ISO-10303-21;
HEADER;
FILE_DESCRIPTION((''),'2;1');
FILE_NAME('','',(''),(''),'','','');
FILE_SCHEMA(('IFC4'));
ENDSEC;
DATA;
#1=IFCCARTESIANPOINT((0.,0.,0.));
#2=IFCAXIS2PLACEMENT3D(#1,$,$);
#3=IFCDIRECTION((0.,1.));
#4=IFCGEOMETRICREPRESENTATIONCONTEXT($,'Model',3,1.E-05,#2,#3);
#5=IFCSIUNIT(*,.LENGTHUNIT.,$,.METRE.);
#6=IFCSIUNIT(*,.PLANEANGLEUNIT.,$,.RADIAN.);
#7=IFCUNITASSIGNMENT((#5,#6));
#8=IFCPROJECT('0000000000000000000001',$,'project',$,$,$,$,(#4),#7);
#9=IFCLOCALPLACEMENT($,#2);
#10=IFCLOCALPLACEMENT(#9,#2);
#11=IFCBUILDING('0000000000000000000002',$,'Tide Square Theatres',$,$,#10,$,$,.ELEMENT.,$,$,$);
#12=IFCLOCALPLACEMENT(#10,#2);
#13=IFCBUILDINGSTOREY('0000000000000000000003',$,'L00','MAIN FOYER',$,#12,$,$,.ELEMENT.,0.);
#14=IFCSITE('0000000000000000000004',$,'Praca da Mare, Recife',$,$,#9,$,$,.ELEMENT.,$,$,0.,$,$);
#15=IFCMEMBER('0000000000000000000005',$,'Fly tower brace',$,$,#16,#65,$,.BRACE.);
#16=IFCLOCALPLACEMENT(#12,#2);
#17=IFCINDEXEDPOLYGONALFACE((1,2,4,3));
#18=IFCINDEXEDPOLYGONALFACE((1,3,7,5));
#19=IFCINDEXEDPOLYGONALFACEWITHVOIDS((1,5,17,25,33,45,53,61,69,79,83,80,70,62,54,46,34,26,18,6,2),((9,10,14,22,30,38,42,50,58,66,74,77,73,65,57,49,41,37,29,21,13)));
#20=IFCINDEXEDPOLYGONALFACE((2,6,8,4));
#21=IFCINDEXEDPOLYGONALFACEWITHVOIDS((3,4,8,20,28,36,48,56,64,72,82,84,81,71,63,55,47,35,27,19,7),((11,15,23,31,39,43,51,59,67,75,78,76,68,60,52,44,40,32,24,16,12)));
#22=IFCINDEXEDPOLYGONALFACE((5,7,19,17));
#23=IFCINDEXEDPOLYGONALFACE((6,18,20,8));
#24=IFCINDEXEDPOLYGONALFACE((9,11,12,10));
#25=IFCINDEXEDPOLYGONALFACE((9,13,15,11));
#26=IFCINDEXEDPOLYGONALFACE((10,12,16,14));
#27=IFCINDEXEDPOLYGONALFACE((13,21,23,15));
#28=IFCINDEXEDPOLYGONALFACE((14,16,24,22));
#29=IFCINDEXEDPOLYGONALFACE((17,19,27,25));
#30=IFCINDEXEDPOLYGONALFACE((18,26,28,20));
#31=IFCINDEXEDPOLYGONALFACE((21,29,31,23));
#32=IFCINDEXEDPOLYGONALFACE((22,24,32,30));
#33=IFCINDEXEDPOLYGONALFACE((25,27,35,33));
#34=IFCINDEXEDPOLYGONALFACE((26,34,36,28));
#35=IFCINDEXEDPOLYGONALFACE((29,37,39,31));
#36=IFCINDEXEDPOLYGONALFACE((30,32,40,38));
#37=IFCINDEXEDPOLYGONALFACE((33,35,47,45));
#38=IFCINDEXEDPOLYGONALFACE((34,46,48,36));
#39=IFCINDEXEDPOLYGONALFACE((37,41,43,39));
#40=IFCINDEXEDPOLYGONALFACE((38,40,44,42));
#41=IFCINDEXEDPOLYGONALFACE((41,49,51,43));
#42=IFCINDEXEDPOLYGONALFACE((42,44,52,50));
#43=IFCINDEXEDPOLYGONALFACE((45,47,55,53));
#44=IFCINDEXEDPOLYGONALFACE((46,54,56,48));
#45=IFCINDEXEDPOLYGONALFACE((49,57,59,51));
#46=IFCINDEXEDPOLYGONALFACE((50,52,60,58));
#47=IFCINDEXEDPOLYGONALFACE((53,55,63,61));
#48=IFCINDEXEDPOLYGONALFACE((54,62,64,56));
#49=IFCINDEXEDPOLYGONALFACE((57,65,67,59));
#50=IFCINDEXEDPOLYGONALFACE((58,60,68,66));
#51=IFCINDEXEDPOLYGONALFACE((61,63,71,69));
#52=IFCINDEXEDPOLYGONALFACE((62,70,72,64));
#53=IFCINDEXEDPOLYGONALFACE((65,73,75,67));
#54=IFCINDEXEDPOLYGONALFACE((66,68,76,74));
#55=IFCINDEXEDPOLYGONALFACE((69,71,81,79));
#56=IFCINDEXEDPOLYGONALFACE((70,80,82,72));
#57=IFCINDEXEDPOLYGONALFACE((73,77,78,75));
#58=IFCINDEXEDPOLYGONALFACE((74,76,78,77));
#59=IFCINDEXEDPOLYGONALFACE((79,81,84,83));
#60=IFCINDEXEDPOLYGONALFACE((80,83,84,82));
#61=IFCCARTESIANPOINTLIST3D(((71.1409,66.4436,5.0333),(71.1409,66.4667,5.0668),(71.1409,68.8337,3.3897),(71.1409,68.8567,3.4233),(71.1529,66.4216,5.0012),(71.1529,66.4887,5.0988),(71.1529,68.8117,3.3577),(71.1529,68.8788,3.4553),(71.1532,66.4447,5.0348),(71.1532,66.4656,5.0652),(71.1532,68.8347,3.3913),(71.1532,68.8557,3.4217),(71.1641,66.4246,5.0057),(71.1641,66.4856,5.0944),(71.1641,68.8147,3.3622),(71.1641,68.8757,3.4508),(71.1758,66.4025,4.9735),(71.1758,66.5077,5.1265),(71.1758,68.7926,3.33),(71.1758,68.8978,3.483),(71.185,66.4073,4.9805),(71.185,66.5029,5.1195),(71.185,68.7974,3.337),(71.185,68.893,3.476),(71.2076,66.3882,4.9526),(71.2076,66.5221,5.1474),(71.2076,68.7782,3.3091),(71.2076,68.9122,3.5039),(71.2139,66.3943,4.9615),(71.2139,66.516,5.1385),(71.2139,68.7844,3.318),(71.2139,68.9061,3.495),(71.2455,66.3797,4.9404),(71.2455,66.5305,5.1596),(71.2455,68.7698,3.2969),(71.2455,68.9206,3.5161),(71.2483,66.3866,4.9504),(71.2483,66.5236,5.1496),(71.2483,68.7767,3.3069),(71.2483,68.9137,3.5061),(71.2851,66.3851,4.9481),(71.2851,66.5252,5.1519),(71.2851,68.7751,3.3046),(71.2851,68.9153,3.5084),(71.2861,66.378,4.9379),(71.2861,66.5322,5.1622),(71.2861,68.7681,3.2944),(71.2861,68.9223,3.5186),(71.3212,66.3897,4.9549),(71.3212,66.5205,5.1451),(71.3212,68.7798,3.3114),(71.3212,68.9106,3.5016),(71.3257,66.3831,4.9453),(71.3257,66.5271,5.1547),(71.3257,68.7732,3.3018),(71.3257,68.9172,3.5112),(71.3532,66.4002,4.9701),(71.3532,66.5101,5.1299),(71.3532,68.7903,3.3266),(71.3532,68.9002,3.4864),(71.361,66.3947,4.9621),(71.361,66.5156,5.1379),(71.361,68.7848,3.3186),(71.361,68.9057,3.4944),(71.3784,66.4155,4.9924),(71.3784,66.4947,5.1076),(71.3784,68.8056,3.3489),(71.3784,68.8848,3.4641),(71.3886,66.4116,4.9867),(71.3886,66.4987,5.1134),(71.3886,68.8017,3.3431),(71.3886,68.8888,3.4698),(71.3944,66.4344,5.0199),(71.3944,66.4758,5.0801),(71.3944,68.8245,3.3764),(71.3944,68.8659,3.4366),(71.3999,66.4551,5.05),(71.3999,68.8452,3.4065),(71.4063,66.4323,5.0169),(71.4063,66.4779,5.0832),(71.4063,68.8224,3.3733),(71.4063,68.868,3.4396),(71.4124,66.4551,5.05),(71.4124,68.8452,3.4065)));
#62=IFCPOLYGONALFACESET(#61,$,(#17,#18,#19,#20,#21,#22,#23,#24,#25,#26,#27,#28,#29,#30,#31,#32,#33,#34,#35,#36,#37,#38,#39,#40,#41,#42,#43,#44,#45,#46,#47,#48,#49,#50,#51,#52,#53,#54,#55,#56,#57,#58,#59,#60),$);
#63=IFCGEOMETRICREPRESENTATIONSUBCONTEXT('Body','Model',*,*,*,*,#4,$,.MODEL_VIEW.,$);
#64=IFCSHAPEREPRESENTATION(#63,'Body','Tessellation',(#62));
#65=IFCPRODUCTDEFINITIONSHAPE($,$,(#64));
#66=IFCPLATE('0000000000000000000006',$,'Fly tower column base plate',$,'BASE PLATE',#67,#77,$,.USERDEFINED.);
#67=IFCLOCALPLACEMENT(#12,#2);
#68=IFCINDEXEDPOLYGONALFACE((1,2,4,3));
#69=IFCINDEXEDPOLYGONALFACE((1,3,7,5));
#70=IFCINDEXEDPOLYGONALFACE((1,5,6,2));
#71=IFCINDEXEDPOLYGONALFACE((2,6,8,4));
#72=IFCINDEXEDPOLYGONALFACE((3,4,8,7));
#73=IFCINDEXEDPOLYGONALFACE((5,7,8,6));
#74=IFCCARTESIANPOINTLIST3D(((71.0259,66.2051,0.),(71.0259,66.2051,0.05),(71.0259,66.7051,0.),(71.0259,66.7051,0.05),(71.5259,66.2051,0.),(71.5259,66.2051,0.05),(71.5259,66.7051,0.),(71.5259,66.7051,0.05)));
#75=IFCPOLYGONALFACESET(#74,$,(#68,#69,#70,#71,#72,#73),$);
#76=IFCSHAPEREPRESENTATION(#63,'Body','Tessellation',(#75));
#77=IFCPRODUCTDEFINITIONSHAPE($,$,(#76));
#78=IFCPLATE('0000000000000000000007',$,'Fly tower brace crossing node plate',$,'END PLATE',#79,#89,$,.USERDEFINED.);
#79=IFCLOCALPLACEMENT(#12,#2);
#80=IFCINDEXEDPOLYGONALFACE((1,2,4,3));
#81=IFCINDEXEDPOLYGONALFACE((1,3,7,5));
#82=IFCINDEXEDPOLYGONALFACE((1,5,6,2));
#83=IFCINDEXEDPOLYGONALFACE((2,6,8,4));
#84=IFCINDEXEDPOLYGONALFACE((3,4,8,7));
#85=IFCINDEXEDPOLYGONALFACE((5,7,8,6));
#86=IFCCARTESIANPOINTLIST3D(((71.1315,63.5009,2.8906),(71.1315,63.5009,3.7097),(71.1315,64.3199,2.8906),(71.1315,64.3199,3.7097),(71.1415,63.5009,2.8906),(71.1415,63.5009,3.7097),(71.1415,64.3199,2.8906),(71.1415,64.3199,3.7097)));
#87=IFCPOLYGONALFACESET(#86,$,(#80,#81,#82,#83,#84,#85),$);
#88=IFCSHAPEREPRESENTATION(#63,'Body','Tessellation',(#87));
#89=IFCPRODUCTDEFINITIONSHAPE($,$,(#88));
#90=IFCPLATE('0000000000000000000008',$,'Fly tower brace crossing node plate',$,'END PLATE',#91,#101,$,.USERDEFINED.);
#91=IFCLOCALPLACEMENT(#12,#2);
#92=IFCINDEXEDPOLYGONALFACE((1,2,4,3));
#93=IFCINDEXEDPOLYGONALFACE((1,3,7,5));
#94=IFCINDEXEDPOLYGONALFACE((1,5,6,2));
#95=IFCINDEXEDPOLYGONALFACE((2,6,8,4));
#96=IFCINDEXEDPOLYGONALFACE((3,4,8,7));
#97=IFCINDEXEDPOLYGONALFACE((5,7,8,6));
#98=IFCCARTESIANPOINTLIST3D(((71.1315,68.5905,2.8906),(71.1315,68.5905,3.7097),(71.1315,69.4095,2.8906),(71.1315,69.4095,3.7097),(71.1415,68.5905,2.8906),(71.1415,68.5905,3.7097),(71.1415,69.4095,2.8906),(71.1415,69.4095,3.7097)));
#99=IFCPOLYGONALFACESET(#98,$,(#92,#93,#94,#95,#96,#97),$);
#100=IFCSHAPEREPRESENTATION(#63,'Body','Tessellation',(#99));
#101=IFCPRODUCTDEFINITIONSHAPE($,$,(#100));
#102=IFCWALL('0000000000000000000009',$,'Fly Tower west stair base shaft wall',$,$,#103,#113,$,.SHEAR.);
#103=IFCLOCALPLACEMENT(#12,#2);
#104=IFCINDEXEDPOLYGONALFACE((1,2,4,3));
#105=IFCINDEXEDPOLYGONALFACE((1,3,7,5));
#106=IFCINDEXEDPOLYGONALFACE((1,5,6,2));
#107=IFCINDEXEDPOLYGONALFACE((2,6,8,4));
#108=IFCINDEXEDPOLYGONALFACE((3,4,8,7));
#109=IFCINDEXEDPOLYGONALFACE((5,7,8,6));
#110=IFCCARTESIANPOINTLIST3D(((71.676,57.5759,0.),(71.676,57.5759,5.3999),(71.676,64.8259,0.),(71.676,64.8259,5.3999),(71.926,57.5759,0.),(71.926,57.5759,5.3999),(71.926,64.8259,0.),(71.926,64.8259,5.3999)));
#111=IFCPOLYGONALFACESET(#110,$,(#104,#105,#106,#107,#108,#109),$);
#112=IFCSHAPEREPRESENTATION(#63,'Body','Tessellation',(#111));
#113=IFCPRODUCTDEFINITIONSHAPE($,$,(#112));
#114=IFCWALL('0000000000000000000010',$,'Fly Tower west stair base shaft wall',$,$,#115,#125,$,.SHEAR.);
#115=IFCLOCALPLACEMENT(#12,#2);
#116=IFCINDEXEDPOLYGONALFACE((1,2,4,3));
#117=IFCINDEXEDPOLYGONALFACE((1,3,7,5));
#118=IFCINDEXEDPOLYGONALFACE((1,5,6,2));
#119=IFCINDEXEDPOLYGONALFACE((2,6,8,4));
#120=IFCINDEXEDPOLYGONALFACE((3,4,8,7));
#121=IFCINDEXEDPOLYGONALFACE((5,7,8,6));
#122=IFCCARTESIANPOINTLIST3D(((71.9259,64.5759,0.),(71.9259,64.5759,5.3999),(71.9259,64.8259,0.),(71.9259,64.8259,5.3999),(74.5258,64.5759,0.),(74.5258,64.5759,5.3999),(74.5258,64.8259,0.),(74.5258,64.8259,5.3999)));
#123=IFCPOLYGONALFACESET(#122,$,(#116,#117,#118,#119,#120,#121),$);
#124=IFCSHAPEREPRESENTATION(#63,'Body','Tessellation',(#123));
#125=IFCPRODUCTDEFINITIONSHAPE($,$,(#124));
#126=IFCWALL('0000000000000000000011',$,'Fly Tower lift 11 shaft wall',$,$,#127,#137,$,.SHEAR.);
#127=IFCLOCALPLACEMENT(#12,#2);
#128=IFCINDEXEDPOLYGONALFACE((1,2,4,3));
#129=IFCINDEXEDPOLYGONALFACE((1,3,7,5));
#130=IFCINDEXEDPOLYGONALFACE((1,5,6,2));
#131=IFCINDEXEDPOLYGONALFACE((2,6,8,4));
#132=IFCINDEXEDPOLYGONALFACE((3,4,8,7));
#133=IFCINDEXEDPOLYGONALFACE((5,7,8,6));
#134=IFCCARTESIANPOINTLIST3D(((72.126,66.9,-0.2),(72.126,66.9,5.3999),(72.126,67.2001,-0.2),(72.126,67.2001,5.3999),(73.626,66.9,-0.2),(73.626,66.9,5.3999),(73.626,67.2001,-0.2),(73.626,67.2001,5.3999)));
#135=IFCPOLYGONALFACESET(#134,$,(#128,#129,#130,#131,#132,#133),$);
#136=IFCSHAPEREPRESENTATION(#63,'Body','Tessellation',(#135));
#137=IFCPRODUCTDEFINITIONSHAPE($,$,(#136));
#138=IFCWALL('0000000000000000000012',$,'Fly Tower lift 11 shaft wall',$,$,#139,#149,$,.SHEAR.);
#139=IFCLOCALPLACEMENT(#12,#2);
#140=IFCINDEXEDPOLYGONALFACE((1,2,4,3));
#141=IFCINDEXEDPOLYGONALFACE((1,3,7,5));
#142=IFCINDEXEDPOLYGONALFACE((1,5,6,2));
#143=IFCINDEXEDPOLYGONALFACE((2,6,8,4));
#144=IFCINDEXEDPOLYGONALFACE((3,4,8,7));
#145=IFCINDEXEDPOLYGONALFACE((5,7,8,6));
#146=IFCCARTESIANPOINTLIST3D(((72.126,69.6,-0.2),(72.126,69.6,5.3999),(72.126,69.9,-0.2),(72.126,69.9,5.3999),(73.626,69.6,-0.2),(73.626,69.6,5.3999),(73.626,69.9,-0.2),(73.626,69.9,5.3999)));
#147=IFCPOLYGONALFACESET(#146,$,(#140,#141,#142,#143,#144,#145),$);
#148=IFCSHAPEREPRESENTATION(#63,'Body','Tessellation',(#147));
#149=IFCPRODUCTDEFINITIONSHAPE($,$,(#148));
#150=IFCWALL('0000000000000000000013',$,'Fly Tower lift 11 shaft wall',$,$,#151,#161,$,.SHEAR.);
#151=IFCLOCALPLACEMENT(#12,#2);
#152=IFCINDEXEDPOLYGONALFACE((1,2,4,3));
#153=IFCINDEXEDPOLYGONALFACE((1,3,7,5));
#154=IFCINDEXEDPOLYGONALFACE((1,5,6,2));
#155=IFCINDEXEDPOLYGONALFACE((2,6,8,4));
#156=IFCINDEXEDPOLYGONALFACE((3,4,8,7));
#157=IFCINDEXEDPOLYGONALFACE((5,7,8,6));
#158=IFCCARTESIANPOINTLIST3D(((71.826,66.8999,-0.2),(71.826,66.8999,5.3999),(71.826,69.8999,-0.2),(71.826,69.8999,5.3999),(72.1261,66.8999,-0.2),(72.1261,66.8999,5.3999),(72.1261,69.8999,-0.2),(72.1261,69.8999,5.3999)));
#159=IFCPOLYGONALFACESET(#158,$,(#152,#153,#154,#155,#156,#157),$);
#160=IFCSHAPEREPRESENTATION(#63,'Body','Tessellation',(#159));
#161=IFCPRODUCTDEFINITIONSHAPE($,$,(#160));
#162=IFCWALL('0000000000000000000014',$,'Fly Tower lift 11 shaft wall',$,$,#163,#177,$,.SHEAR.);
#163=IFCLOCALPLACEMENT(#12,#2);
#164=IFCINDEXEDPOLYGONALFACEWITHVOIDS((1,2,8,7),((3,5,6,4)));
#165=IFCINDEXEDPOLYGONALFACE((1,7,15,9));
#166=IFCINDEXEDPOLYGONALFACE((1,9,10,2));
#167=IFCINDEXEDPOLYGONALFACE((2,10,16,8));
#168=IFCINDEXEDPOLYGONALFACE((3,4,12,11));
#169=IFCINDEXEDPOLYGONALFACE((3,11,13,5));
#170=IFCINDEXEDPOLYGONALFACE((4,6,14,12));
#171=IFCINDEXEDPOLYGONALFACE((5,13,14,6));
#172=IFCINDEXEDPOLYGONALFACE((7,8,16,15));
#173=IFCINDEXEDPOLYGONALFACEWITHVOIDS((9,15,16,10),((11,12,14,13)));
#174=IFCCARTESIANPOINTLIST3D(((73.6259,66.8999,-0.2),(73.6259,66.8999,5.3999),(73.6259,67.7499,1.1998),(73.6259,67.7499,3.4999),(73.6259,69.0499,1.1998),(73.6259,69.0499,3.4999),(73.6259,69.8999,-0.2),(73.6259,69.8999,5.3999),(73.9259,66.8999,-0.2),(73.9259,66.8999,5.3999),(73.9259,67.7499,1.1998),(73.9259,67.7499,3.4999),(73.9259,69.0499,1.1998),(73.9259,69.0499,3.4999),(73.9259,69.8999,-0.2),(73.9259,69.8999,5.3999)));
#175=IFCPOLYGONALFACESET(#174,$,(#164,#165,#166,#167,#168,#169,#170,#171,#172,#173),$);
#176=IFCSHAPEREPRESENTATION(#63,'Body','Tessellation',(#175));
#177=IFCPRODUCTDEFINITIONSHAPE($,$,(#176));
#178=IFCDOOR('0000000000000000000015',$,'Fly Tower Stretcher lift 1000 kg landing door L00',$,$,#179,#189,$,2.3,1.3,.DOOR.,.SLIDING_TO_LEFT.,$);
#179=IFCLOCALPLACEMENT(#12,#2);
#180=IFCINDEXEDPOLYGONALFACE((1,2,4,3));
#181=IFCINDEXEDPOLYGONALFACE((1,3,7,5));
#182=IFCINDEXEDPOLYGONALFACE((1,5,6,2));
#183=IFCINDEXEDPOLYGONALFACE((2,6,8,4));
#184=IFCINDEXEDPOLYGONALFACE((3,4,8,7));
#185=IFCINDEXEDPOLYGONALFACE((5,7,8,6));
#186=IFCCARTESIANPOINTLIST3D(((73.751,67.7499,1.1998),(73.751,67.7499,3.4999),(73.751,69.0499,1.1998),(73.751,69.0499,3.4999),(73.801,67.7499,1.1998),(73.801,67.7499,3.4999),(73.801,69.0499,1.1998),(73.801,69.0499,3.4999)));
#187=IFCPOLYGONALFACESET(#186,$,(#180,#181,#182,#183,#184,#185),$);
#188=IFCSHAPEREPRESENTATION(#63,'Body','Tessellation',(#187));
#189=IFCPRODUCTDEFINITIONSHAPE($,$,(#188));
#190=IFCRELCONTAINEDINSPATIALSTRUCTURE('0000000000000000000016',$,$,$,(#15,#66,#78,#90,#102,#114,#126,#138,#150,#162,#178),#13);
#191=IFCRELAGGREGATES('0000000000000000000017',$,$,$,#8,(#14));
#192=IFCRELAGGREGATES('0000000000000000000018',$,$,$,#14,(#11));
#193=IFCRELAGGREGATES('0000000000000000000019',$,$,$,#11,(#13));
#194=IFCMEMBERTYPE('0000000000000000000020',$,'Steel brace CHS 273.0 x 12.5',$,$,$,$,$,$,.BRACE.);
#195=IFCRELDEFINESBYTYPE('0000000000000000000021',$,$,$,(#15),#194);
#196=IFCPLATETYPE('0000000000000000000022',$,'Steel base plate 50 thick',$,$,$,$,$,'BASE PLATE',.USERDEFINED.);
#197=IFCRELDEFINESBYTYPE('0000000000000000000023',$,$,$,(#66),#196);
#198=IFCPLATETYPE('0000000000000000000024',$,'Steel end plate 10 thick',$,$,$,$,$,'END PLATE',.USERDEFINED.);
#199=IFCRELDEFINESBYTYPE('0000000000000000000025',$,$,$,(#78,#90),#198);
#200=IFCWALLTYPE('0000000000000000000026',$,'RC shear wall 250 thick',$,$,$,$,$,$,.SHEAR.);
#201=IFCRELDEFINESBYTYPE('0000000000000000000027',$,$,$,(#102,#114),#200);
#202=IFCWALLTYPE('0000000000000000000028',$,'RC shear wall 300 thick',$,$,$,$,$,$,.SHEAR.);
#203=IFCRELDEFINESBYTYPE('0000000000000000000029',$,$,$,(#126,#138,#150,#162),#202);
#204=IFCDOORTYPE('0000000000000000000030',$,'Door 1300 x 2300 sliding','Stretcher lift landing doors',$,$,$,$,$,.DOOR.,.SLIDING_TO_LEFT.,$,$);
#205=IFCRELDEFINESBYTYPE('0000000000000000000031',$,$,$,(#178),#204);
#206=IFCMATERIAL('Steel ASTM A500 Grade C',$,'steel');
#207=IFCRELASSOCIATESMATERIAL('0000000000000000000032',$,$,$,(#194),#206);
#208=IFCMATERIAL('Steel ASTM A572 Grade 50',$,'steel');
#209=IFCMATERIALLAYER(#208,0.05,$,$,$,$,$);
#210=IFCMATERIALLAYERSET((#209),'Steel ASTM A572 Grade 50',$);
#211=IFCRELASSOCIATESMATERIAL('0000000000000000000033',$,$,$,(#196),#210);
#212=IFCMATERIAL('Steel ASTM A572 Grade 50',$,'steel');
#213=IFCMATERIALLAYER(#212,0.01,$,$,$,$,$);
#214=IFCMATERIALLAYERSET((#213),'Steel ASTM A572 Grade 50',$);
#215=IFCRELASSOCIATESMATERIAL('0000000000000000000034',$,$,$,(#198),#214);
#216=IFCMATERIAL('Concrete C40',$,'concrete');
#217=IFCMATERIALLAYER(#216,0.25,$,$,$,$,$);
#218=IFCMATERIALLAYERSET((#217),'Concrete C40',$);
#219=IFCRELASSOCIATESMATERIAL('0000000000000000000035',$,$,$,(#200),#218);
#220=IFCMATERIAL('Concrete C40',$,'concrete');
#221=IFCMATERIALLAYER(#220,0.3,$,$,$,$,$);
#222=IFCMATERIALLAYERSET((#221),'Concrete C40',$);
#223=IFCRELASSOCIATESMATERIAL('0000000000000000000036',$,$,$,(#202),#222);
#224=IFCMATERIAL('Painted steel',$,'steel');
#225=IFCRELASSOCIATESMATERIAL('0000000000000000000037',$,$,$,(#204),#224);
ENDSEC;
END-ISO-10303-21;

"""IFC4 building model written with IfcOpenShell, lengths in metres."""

from ifc_helpers import new_model, si_unit, direction, frame, frame_2d, origin, origin_2d, place, context, subcontext, project, spatial, rectangle, hollow_circle, extrude, material, layer, layer_set, material_profile, profile_set, type_object, element, fill, save


model = new_model("IFC4")

# Units and contexts
model_context = context("Model", 3, precision=1e-05, world=origin(), true_north=direction((0.0, 1.0)))
body_context = subcontext(model_context, "Body", "Model", "MODEL_VIEW")
ifc_project = project(units=[si_unit("LENGTHUNIT", "METRE"), si_unit("PLANEANGLEUNIT", "RADIAN")], contexts=[model_context])

# Site, building, storey
site_placement = place(None, origin())
site = spatial("IfcSite", under=ifc_project, at=site_placement, Name="Praca da Mare, Recife", CompositionType="ELEMENT", RefElevation=0.0)
building_placement = place(site_placement, origin())
building = spatial("IfcBuilding", under=site, at=building_placement, Name="Tide Square Theatres", CompositionType="ELEMENT")
storey_placement = place(building_placement, origin())
storey = spatial("IfcBuildingStorey", under=building, at=storey_placement, Name="L00", Description="MAIN FOYER", CompositionType="ELEMENT", Elevation=0.0)

# Member
ifc_material_1 = material(Name="Steel ASTM A500 Grade C", Category="steel")
ifc_material_profile_1 = material_profile(ifc_material_1, hollow_circle(Radius=0.1365, WallThickness=0.0125, at=origin_2d()))
ifc_profile_set_1 = profile_set([ifc_material_profile_1], Name="Steel ASTM A500 Grade C")
member_type = type_object("IfcMemberType", Name="Steel brace CHS 273.0 x 12.5", PredefinedType="BRACE", material=ifc_profile_set_1)
member_1_placement = place(storey_placement, frame((71.2759, 68.8452, 3.4065), z_axis=(0.0, -0.823988, 0.566607), x_axis=(1.0, 0.0, 0.0)))
element("IfcMember", 1, at=member_1_placement, inside=storey, type_object=member_type, Name="Fly tower brace", PredefinedType="BRACE", context=body_context, shape_type="SweptSolid", body=[
    extrude(hollow_circle(Radius=0.1365, WallThickness=0.0125, at=origin_2d()), origin(), (0.0, 0.0, 1.0), 2.9006),
])

# Plates
ifc_material_2 = material(Name="Steel ASTM A572 Grade 50", Category="steel")
ifc_layer_1 = layer(ifc_material_2, 0.05)
ifc_layer_set_1 = layer_set([ifc_layer_1], Name="Steel ASTM A572 Grade 50")
plate_type_1 = type_object("IfcPlateType", Name="Steel base plate 50 thick", ElementType="BASE PLATE", PredefinedType="USERDEFINED", material=ifc_layer_set_1)
plate_placement = place(storey_placement, frame((71.2759, 66.4551, 0.0), z_axis=(0.0, 0.0, 1.0), x_axis=(1.0, 0.0, 0.0)))
element("IfcPlate", 2, at=plate_placement, inside=storey, type_object=plate_type_1, Name="Fly tower column base plate", ObjectType="BASE PLATE", PredefinedType="USERDEFINED", context=body_context, shape_type="SweptSolid", body=[
    extrude(rectangle(XDim=0.5, YDim=0.5, at=origin_2d()), origin(), (0.0, 0.0, 1.0), 0.05),
])
ifc_material_3 = material(Name="Steel ASTM A572 Grade 50", Category="steel")
ifc_layer_2 = layer(ifc_material_3, 0.01)
ifc_layer_set_2 = layer_set([ifc_layer_2], Name="Steel ASTM A572 Grade 50")
plate_type_2 = type_object("IfcPlateType", Name="Steel end plate 10 thick", ElementType="END PLATE", PredefinedType="USERDEFINED", material=ifc_layer_set_2)
for number, where, z_axis, x_axis, name in (
    (3, (71.1365, 63.9104, 2.8906), (0.0, 0.0, 1.0), (-1.0, 0.0, 0.0), "Fly tower brace crossing node plate"),
    (4, (71.1365, 69.0, 2.8906), (0.0, 0.0, 1.0), (-1.0, 0.0, 0.0), "Fly tower brace crossing node plate"),
):
    element("IfcPlate", number, at=place(storey_placement, frame(where, z_axis=z_axis, x_axis=x_axis)), inside=storey, type_object=plate_type_2, Name=name, ObjectType="END PLATE", PredefinedType="USERDEFINED", context=body_context, shape_type="SweptSolid", body=[
        extrude(rectangle(XDim=0.01, YDim=0.8191, at=origin_2d()), origin(), (0.0, 0.0, 1.0), 0.8191),
    ])

# Walls
ifc_material_4 = material(Name="Concrete C40", Category="concrete")
ifc_layer_3 = layer(ifc_material_4, 0.25)
ifc_layer_set_3 = layer_set([ifc_layer_3], Name="Concrete C40")
wall_type_1 = type_object("IfcWallType", Name="RC shear wall 250 thick", PredefinedType="SHEAR", material=ifc_layer_set_3)
wall_1_placement = place(storey_placement, frame((71.801, 64.8259, 0.0), z_axis=(0.0, 0.0, 1.0), x_axis=(0.0, -1.0, 0.0)))
element("IfcWall", 5, at=wall_1_placement, inside=storey, type_object=wall_type_1, Name="Fly Tower west stair base shaft wall", PredefinedType="SHEAR", context=body_context, shape_type="SweptSolid", body=[
    extrude(rectangle(XDim=7.25, YDim=0.25, at=frame_2d((3.625, 0.0))), origin(), (0.0, 0.0, 1.0), 5.3999),
])
wall_2_placement = place(storey_placement, frame((71.926, 64.7009, 0.0), z_axis=(0.0, 0.0, 1.0), x_axis=(1.0, 0.0, 0.0)))
element("IfcWall", 6, at=wall_2_placement, inside=storey, type_object=wall_type_1, Name="Fly Tower west stair base shaft wall", PredefinedType="SHEAR", context=body_context, shape_type="SweptSolid", body=[
    extrude(rectangle(XDim=2.5999, YDim=0.25, at=frame_2d((1.2998, 0.0))), origin(), (0.0, 0.0, 1.0), 5.3999),
])
ifc_material_5 = material(Name="Concrete C40", Category="concrete")
ifc_layer_4 = layer(ifc_material_5, 0.3)
ifc_layer_set_4 = layer_set([ifc_layer_4], Name="Concrete C40")
wall_type_2 = type_object("IfcWallType", Name="RC shear wall 300 thick", PredefinedType="SHEAR", material=ifc_layer_set_4)
for number, where, z_axis, x_axis, name in (
    (7, (72.126, 67.05, -0.2), (0.0, 0.0, 1.0), (1.0, 0.0, 0.0), "Fly Tower lift 11 shaft wall"),
    (8, (73.626, 69.75, -0.2), (0.0, 0.0, 1.0), (-1.0, 0.0, 0.0), "Fly Tower lift 11 shaft wall"),
):
    element("IfcWall", number, at=place(storey_placement, frame(where, z_axis=z_axis, x_axis=x_axis)), inside=storey, type_object=wall_type_2, Name=name, PredefinedType="SHEAR", context=body_context, shape_type="SweptSolid", body=[
        extrude(rectangle(XDim=1.5, YDim=0.3, at=frame_2d((0.75, 0.0))), origin(), (0.0, 0.0, 1.0), 5.5999),
    ])
wall_3_placement = place(storey_placement, frame((71.9761, 66.8999, -0.2), z_axis=(0.0, 0.0, 1.0), x_axis=(0.0, 1.0, 0.0)))
element("IfcWall", 9, at=wall_3_placement, inside=storey, type_object=wall_type_2, Name="Fly Tower lift 11 shaft wall", PredefinedType="SHEAR", context=body_context, shape_type="SweptSolid", body=[
    extrude(rectangle(XDim=3.0, YDim=0.3, at=frame_2d((1.5, 0.0))), origin(), (0.0, 0.0, 1.0), 5.5999),
])

# Wall, opening, door
wall_4_placement = place(storey_placement, frame((73.7759, 66.8999, -0.2), z_axis=(0.0, 0.0, 1.0), x_axis=(0.0, 1.0, 0.0)))
wall_4 = element("IfcWall", 10, at=wall_4_placement, inside=storey, type_object=wall_type_2, Name="Fly Tower lift 11 shaft wall", PredefinedType="SHEAR", context=body_context, shape_type="SweptSolid", body=[
    extrude(rectangle(XDim=3.0, YDim=0.3, at=frame_2d((1.5, 0.0))), origin(), (0.0, 0.0, 1.0), 5.5999),
])
opening_placement = place(wall_4_placement, frame((0.8501, 0.0, 1.3999)))
opening = element("IfcOpeningElement", 11, at=opening_placement, cuts=wall_4, PredefinedType="OPENING", context=body_context, shape_type="SweptSolid", body=[
    extrude(rectangle(XDim=1.3, YDim=2.3, at=frame_2d((0.6499, 1.1499))), frame((0.0, 0.1599, 0.0), z_axis=(0.0, -1.0, 0.0), x_axis=(1.0, 0.0, 0.0)), (0.0, 0.0, 1.0), 0.3201),
])
ifc_material_6 = material(Name="Painted steel", Category="steel")
door_type = type_object("IfcDoorType", Name="Door 1300 x 2300 sliding", Description="Stretcher lift landing doors", OperationType="SLIDING_TO_LEFT", PredefinedType="DOOR", material=ifc_material_6)
door_placement = place(opening_placement, origin())
door = element("IfcDoor", 12, at=door_placement, inside=storey, type_object=door_type, Name="Fly Tower Stretcher lift 1000 kg landing door L00", OperationType="SLIDING_TO_LEFT", OverallHeight=2.3, OverallWidth=1.3, PredefinedType="DOOR", context=body_context, shape_type="SweptSolid", body=[
    extrude(rectangle(XDim=1.3, YDim=2.3, at=frame_2d((0.6499, 1.1499))), frame((0.0, 0.0249, 0.0), z_axis=(0.0, -1.0, 0.0), x_axis=(1.0, 0.0, 0.0)), (0.0, 0.0, 1.0), 0.05),
])
fill(opening, door)

save(model, "model.ifc")
